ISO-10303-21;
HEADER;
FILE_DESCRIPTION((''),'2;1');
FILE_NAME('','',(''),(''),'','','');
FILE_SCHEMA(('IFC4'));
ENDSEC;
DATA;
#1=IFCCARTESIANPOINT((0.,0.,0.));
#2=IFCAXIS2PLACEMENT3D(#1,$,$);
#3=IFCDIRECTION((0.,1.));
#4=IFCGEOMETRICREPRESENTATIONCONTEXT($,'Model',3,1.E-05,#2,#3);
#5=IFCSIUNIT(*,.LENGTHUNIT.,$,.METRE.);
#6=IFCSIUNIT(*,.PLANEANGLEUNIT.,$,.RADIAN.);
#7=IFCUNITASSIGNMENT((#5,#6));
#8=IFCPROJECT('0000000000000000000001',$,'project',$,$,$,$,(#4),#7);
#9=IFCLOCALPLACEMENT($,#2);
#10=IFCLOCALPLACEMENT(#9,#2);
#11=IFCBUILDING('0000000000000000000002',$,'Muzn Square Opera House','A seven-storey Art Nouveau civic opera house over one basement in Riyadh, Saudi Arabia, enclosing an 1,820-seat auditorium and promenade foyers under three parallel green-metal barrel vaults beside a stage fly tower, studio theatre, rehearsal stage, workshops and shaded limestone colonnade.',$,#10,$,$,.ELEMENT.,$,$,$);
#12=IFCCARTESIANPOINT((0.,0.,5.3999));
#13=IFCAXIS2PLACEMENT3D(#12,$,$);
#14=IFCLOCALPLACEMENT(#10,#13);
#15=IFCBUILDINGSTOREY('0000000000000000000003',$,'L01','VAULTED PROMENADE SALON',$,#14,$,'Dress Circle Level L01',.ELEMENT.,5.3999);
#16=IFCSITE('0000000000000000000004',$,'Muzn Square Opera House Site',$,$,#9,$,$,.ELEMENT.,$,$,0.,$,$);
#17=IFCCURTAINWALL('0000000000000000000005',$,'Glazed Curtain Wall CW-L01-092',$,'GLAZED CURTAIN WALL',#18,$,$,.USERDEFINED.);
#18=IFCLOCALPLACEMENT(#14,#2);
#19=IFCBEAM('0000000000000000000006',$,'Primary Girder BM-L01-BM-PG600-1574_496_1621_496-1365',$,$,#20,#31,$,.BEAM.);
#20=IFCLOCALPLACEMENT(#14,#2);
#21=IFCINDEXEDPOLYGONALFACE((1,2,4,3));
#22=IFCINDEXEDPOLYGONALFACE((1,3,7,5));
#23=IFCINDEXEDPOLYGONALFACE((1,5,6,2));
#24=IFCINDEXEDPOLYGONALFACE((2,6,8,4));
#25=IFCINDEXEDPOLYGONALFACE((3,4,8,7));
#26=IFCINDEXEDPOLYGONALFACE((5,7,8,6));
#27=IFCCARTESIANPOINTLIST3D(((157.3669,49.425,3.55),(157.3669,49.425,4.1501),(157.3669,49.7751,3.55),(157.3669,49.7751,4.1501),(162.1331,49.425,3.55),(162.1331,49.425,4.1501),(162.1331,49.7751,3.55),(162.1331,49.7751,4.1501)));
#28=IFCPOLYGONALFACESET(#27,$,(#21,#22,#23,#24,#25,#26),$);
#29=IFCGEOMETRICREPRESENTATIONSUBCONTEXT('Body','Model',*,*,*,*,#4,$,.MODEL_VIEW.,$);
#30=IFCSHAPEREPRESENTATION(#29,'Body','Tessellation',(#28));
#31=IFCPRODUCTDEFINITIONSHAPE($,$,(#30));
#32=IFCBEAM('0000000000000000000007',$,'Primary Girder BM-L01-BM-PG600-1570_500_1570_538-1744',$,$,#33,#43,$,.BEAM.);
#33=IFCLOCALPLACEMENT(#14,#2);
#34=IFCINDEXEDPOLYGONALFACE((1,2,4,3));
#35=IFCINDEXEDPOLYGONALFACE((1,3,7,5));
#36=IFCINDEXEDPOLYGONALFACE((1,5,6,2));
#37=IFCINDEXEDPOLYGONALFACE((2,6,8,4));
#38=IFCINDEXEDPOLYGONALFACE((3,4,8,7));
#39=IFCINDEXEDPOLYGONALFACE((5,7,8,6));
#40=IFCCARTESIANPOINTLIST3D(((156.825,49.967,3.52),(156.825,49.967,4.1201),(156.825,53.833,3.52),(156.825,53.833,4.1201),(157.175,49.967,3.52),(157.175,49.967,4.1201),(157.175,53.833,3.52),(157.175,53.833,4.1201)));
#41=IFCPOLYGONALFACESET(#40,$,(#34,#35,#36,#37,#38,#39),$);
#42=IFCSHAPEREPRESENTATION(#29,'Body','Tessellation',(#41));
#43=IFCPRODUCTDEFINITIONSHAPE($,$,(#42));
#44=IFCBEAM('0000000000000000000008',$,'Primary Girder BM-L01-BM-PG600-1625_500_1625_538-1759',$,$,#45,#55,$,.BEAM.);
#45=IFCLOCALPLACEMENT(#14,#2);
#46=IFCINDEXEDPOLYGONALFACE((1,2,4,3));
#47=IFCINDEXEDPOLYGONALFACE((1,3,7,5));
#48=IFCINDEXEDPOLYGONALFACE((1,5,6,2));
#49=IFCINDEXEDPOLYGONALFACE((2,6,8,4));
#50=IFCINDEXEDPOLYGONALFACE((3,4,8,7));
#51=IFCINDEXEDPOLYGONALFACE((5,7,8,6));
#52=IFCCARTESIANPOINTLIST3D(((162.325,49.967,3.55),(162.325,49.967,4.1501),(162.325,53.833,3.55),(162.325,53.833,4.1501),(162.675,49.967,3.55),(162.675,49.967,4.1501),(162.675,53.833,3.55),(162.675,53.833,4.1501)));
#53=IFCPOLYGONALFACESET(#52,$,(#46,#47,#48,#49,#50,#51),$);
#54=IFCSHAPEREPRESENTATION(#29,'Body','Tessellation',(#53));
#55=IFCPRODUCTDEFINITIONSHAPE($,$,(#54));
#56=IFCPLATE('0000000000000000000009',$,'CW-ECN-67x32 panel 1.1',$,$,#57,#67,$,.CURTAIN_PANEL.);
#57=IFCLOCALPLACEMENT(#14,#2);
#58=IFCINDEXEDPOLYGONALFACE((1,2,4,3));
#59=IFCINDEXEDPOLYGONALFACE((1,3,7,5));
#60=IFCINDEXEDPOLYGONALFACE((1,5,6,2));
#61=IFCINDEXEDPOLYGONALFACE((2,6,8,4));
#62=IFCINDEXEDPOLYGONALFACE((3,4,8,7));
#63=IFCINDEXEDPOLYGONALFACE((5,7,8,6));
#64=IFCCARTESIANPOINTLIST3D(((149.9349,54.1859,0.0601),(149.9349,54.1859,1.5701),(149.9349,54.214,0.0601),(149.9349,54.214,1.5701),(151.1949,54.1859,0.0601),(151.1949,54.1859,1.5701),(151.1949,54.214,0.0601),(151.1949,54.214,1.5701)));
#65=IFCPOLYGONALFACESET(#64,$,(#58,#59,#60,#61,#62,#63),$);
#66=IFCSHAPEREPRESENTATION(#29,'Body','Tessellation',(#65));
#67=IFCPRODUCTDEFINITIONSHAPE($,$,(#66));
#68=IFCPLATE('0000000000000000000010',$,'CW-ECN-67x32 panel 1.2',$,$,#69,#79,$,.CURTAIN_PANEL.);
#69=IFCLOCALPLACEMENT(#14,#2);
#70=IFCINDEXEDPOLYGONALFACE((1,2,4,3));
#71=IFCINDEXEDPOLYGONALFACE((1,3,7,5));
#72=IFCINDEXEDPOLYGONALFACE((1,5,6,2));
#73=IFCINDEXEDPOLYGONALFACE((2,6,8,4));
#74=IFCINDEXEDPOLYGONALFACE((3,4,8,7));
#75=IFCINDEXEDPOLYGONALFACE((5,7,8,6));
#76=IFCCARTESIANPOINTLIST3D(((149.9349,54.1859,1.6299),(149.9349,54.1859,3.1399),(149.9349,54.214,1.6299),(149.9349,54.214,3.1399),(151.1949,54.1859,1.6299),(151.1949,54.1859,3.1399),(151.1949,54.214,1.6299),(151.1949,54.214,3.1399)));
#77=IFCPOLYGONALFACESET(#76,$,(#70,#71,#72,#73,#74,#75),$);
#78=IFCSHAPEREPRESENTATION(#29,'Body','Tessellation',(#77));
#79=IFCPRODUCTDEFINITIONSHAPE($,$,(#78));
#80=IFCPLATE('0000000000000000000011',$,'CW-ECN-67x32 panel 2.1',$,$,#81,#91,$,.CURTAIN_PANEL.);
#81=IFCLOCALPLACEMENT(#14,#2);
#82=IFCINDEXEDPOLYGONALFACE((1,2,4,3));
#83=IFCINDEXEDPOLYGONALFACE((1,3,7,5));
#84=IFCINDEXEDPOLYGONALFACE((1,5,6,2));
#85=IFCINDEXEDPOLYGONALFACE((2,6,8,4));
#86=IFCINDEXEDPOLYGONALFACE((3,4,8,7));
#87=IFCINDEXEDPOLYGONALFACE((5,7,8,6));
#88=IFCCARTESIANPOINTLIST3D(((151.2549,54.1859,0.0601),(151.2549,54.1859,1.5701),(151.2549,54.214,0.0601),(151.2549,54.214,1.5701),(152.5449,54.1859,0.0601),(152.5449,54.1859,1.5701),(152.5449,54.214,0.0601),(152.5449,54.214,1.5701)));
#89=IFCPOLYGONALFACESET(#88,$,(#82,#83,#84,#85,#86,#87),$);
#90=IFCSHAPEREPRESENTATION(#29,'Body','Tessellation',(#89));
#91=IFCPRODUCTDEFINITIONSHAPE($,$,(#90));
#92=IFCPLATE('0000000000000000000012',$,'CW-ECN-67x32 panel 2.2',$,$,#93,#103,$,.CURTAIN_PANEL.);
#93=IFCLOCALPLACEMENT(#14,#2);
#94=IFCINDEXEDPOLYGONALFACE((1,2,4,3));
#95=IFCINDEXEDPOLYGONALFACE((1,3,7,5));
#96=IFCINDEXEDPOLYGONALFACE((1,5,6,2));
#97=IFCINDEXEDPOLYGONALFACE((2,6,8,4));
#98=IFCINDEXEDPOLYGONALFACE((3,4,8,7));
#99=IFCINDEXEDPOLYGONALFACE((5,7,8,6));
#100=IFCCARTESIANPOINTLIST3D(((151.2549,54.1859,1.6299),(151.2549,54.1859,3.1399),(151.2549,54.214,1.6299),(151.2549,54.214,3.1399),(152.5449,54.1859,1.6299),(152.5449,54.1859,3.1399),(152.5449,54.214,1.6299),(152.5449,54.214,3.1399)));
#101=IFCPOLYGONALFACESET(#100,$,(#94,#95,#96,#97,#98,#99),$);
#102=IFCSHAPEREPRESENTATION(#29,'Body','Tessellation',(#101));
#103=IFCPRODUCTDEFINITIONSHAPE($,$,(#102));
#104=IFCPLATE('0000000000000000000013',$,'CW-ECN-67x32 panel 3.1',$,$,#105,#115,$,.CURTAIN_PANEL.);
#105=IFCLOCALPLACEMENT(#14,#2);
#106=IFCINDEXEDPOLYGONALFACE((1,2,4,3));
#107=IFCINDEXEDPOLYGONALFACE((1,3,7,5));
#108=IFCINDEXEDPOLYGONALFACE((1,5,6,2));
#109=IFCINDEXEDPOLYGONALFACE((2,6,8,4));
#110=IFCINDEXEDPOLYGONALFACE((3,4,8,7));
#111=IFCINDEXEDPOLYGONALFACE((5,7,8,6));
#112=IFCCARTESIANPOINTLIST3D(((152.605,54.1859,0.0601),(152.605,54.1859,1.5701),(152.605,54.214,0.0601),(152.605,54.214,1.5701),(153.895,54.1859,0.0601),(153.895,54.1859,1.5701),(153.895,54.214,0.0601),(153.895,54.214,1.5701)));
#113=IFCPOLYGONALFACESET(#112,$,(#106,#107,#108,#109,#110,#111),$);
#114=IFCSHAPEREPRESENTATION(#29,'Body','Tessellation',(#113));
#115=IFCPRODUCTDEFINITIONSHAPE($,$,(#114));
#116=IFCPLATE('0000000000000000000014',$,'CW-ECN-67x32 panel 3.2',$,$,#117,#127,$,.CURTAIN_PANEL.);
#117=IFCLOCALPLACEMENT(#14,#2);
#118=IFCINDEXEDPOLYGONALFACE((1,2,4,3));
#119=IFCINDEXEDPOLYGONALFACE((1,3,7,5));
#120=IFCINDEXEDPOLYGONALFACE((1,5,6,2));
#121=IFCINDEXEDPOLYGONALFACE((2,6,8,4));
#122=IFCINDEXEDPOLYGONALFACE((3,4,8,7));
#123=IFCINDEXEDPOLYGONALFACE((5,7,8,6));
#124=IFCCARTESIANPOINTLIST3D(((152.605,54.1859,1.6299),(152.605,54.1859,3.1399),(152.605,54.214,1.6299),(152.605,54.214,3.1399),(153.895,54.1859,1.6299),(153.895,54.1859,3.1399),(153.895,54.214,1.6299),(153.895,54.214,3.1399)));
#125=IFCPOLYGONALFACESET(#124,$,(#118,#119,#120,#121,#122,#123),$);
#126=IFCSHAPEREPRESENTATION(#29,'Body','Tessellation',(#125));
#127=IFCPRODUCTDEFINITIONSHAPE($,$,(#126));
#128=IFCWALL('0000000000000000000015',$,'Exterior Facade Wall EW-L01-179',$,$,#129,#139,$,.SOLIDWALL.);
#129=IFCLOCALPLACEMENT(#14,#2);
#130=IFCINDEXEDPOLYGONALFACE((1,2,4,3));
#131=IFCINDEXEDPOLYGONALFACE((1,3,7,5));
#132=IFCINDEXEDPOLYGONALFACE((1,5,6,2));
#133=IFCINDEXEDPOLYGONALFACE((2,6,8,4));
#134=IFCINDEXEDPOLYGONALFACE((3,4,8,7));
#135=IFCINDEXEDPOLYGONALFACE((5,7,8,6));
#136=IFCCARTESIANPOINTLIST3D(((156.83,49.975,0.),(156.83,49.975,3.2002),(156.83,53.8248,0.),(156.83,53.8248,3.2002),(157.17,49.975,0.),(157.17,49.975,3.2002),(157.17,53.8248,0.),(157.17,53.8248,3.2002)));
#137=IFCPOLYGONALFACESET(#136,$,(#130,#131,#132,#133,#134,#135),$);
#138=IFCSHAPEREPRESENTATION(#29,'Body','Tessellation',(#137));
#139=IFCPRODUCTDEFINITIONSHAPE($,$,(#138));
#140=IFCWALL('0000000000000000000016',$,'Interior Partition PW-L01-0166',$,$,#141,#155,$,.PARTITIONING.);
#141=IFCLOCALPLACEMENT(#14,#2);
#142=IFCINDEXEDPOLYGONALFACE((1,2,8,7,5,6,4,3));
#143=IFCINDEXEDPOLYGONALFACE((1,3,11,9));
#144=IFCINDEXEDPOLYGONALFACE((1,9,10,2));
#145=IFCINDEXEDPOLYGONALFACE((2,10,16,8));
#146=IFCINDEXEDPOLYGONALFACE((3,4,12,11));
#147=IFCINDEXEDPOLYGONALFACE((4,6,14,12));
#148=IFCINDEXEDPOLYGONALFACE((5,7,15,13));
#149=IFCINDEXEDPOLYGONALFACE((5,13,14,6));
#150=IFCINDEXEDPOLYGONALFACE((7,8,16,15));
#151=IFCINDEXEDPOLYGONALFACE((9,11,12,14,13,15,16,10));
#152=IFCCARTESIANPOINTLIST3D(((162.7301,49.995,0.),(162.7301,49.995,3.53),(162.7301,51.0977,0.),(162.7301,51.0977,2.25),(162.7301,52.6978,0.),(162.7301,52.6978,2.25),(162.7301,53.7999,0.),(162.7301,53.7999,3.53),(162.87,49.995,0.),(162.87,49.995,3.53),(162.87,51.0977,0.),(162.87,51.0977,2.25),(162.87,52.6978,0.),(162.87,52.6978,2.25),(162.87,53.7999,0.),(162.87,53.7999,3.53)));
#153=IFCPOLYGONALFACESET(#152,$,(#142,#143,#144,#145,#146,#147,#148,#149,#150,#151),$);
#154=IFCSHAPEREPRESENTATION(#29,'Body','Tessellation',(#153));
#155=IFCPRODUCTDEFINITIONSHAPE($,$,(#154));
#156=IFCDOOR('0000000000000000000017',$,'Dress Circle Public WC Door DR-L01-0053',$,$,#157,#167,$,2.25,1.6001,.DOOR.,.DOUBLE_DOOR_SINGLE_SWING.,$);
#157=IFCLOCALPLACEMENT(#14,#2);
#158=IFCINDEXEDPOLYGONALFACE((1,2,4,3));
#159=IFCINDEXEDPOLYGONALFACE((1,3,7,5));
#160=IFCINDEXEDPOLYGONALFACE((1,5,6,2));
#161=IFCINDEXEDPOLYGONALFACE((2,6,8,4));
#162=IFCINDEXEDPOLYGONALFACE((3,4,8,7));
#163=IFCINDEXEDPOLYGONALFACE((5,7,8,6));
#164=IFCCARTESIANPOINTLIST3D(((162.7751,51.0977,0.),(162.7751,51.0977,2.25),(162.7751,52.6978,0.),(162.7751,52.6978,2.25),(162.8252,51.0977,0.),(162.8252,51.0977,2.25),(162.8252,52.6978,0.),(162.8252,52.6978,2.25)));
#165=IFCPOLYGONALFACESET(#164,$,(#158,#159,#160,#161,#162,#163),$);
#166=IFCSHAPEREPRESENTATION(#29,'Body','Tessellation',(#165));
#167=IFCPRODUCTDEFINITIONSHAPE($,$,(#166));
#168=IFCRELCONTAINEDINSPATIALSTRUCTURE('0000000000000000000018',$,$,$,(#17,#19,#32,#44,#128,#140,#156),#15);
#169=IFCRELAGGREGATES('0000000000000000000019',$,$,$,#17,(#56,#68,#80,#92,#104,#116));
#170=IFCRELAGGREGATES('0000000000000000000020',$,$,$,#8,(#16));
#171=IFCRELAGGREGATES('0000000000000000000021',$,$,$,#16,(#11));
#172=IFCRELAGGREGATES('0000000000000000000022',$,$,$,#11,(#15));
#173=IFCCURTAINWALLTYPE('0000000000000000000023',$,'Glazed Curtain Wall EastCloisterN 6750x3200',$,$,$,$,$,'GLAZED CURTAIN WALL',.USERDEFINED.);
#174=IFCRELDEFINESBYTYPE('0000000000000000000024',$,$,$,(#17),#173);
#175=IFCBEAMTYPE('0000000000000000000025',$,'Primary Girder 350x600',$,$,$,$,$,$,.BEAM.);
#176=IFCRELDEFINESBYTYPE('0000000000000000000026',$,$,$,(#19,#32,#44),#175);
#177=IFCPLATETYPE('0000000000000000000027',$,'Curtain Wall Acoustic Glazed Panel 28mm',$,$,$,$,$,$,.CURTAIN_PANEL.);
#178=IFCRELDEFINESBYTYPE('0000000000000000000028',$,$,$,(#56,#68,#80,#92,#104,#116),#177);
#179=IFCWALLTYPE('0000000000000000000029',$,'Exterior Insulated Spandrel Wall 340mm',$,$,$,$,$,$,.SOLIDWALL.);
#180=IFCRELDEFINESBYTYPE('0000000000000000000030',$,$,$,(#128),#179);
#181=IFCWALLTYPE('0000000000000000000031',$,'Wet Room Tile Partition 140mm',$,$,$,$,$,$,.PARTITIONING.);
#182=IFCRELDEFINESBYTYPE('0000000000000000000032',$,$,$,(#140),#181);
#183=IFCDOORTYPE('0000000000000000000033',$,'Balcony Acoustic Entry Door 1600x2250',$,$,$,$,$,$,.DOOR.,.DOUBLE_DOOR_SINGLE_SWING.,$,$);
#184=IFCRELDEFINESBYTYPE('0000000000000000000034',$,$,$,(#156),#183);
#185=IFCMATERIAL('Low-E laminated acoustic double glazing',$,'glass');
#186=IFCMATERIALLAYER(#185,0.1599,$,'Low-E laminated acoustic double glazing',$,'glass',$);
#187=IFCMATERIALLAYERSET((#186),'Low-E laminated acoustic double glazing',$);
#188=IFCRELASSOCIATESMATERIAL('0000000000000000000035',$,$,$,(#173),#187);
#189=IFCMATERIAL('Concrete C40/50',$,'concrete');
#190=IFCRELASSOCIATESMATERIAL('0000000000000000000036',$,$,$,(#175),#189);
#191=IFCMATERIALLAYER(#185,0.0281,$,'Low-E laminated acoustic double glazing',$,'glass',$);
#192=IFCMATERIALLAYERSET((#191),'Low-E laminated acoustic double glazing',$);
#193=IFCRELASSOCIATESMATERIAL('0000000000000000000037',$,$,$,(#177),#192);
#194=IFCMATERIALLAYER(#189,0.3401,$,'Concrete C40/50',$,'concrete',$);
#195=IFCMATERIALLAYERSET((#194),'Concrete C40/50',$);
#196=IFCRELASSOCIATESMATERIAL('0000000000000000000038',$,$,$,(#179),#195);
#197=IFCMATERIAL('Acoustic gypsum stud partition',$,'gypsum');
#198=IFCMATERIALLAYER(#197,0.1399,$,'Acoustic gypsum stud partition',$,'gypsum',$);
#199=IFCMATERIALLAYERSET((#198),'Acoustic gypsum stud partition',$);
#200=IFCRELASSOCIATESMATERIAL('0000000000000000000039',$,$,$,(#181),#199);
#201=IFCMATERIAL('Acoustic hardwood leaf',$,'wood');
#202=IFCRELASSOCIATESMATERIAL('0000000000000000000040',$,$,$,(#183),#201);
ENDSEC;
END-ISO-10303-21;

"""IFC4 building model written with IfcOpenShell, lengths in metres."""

from ifc_helpers import new_model, si_unit, direction, frame, frame_2d, origin, origin_2d, place, context, subcontext, project, spatial, rectangle, extrude, material, layer, layer_set, material_profile, profile_set, type_object, element, fill, aggregate, save


model = new_model("IFC4")

# Units and contexts
model_context = context("Model", 3, precision=1e-05, world=origin(), true_north=direction((0.0, 1.0)))
body_context = subcontext(model_context, "Body", "Model", "MODEL_VIEW")
ifc_project = project(units=[si_unit("LENGTHUNIT", "METRE"), si_unit("PLANEANGLEUNIT", "RADIAN")], contexts=[model_context])

# Site, building, storey
site_placement = place(None, origin())
site = spatial("IfcSite", under=ifc_project, at=site_placement, Name="Muzn Square Opera House Site", CompositionType="ELEMENT", RefElevation=0.0)
building_placement = place(site_placement, origin())
building = spatial("IfcBuilding", under=site, at=building_placement, Name="Muzn Square Opera House", Description="A seven-storey Art Nouveau civic opera house over one basement in Riyadh, Saudi Arabia, enclosing an 1,820-seat auditorium and promenade foyers under three parallel green-metal barrel vaults beside a stage fly tower, studio theatre, rehearsal stage, workshops and shaded limestone colonnade.", CompositionType="ELEMENT")
storey_placement = place(building_placement, frame((0.0, 0.0, 5.3999)))
storey = spatial("IfcBuildingStorey", under=building, at=storey_placement, Name="L01", Description="VAULTED PROMENADE SALON", LongName="Dress Circle Level L01", CompositionType="ELEMENT", Elevation=5.3999)

# Curtain wall
ifc_material_1 = material(Name="Low-E laminated acoustic double glazing", Category="glass")
ifc_layer_1 = layer(ifc_material_1, 0.1599, Name="Low-E laminated acoustic double glazing", Category="glass")
ifc_layer_set_1 = layer_set([ifc_layer_1], Name="Low-E laminated acoustic double glazing")
curtain_wall_type = type_object("IfcCurtainWallType", Name="Glazed Curtain Wall EastCloisterN 6750x3200", ElementType="GLAZED CURTAIN WALL", PredefinedType="USERDEFINED", material=ifc_layer_set_1)
curtain_wall_placement = place(storey_placement, origin())
curtain_wall = element("IfcCurtainWall", 1, at=curtain_wall_placement, inside=storey, type_object=curtain_wall_type, Name="Glazed Curtain Wall CW-L01-092", ObjectType="GLAZED CURTAIN WALL", PredefinedType="USERDEFINED")

# Beams
ifc_material_2 = material(Name="Concrete C40/50", Category="concrete")
ifc_material_profile_1 = material_profile(ifc_material_2, rectangle(XDim=0.3501, YDim=0.6001, at=origin_2d()), Name="RCB 350x600", Category="concrete")
ifc_profile_set_1 = profile_set([ifc_material_profile_1], Name="Concrete C40/50")
beam_type = type_object("IfcBeamType", Name="Primary Girder 350x600", PredefinedType="BEAM", material=ifc_profile_set_1)
beam_placement = place(storey_placement, frame((157.3669, 49.6001, 3.8501), z_axis=(1.0, 0.0, 0.0), x_axis=(0.0, 1.0, 0.0)))
element("IfcBeam", 2, at=beam_placement, inside=storey, type_object=beam_type, Name="Primary Girder BM-L01-BM-PG600-1574_496_1621_496-1365", PredefinedType="BEAM", context=body_context, shape_type="SweptSolid", body=[
    extrude(rectangle(XDim=0.3501, YDim=0.6001, at=origin_2d()), origin(), (0.0, 0.0, 1.0), 4.7661),
])
for number, where, z_axis, x_axis, name in (
    (3, (157.0, 49.967, 3.8201), (0.0, 1.0, 0.0), (-1.0, 0.0, 0.0), "Primary Girder BM-L01-BM-PG600-1570_500_1570_538-1744"),
    (4, (162.5, 49.967, 3.8501), (0.0, 1.0, 0.0), (-1.0, 0.0, 0.0), "Primary Girder BM-L01-BM-PG600-1625_500_1625_538-1759"),
):
    element("IfcBeam", number, at=place(storey_placement, frame(where, z_axis=z_axis, x_axis=x_axis)), inside=storey, type_object=beam_type, Name=name, PredefinedType="BEAM", context=body_context, shape_type="SweptSolid", body=[
        extrude(rectangle(XDim=0.3501, YDim=0.6001, at=origin_2d()), origin(), (0.0, 0.0, 1.0), 3.866),
    ])

# Plates
ifc_layer_2 = layer(ifc_material_1, 0.0281, Name="Low-E laminated acoustic double glazing", Category="glass")
ifc_layer_set_2 = layer_set([ifc_layer_2], Name="Low-E laminated acoustic double glazing")
plate_type = type_object("IfcPlateType", Name="Curtain Wall Acoustic Glazed Panel 28mm", PredefinedType="CURTAIN_PANEL", material=ifc_layer_set_2)
plate_1_placement = place(storey_placement, frame((150.5649, 54.2, 0.0601), z_axis=(0.0, 0.0, 1.0), x_axis=(1.0, 0.0, 0.0)))
plate_1 = element("IfcPlate", 5, at=plate_1_placement, type_object=plate_type, Name="CW-ECN-67x32 panel 1.1", PredefinedType="CURTAIN_PANEL", context=body_context, shape_type="SweptSolid", body=[
    extrude(rectangle(XDim=1.26, YDim=0.0281, at=origin_2d()), origin(), (0.0, 0.0, 1.0), 1.51),
])
plate_2_placement = place(storey_placement, frame((150.5649, 54.2, 1.6299), z_axis=(0.0, 0.0, 1.0), x_axis=(1.0, 0.0, 0.0)))
plate_2 = element("IfcPlate", 6, at=plate_2_placement, type_object=plate_type, Name="CW-ECN-67x32 panel 1.2", PredefinedType="CURTAIN_PANEL", context=body_context, shape_type="SweptSolid", body=[
    extrude(rectangle(XDim=1.26, YDim=0.0281, at=origin_2d()), origin(), (0.0, 0.0, 1.0), 1.51),
])
plate_3_placement = place(storey_placement, frame((151.8999, 54.2, 0.0601), z_axis=(0.0, 0.0, 1.0), x_axis=(1.0, 0.0, 0.0)))
plate_3 = element("IfcPlate", 7, at=plate_3_placement, type_object=plate_type, Name="CW-ECN-67x32 panel 2.1", PredefinedType="CURTAIN_PANEL", context=body_context, shape_type="SweptSolid", body=[
    extrude(rectangle(XDim=1.29, YDim=0.0281, at=origin_2d()), origin(), (0.0, 0.0, 1.0), 1.51),
])
plate_4_placement = place(storey_placement, frame((151.8999, 54.2, 1.6299), z_axis=(0.0, 0.0, 1.0), x_axis=(1.0, 0.0, 0.0)))
plate_4 = element("IfcPlate", 8, at=plate_4_placement, type_object=plate_type, Name="CW-ECN-67x32 panel 2.2", PredefinedType="CURTAIN_PANEL", context=body_context, shape_type="SweptSolid", body=[
    extrude(rectangle(XDim=1.29, YDim=0.0281, at=origin_2d()), origin(), (0.0, 0.0, 1.0), 1.51),
])
plate_5_placement = place(storey_placement, frame((153.25, 54.2, 0.0601), z_axis=(0.0, 0.0, 1.0), x_axis=(1.0, 0.0, 0.0)))
plate_5 = element("IfcPlate", 9, at=plate_5_placement, type_object=plate_type, Name="CW-ECN-67x32 panel 3.1", PredefinedType="CURTAIN_PANEL", context=body_context, shape_type="SweptSolid", body=[
    extrude(rectangle(XDim=1.29, YDim=0.0281, at=origin_2d()), origin(), (0.0, 0.0, 1.0), 1.51),
])
plate_6_placement = place(storey_placement, frame((153.25, 54.2, 1.6299), z_axis=(0.0, 0.0, 1.0), x_axis=(1.0, 0.0, 0.0)))
plate_6 = element("IfcPlate", 10, at=plate_6_placement, type_object=plate_type, Name="CW-ECN-67x32 panel 3.2", PredefinedType="CURTAIN_PANEL", context=body_context, shape_type="SweptSolid", body=[
    extrude(rectangle(XDim=1.29, YDim=0.0281, at=origin_2d()), origin(), (0.0, 0.0, 1.0), 1.51),
])
aggregate(curtain_wall, [plate_1, plate_2, plate_3, plate_4, plate_5, plate_6])

# Wall
ifc_layer_3 = layer(ifc_material_2, 0.3401, Name="Concrete C40/50", Category="concrete")
ifc_layer_set_3 = layer_set([ifc_layer_3], Name="Concrete C40/50")
wall_type_1 = type_object("IfcWallType", Name="Exterior Insulated Spandrel Wall 340mm", PredefinedType="SOLIDWALL", material=ifc_layer_set_3)
wall_1_placement = place(storey_placement, frame((157.0, 49.9751, 0.0), z_axis=(0.0, 0.0, 1.0), x_axis=(0.0, 1.0, 0.0)))
element("IfcWall", 11, at=wall_1_placement, inside=storey, type_object=wall_type_1, Name="Exterior Facade Wall EW-L01-179", PredefinedType="SOLIDWALL", context=body_context, shape_type="SweptSolid", body=[
    extrude(rectangle(XDim=3.8499, YDim=0.3401, at=frame_2d((1.9248, 0.0))), origin(), (0.0, 0.0, 1.0), 3.2002),
])

# Wall, opening, door
ifc_material_3 = material(Name="Acoustic gypsum stud partition", Category="gypsum")
ifc_layer_4 = layer(ifc_material_3, 0.1399, Name="Acoustic gypsum stud partition", Category="gypsum")
ifc_layer_set_4 = layer_set([ifc_layer_4], Name="Acoustic gypsum stud partition")
wall_type_2 = type_object("IfcWallType", Name="Wet Room Tile Partition 140mm", PredefinedType="PARTITIONING", material=ifc_layer_set_4)
wall_2_placement = place(storey_placement, frame((162.8, 49.9951, 0.0), z_axis=(0.0, 0.0, 1.0), x_axis=(0.0, 1.0, 0.0)))
wall_2 = element("IfcWall", 12, at=wall_2_placement, inside=storey, type_object=wall_type_2, Name="Interior Partition PW-L01-0166", PredefinedType="PARTITIONING", context=body_context, shape_type="SweptSolid", body=[
    extrude(rectangle(XDim=3.8049, YDim=0.1399, at=frame_2d((1.9023, 0.0))), origin(), (0.0, 0.0, 1.0), 3.53),
])
opening_placement = place(wall_2_placement, frame((1.1025, 0.0, 0.0)))
opening = element("IfcOpeningElement", 13, at=opening_placement, cuts=wall_2, PredefinedType="OPENING", context=body_context, shape_type="SweptSolid", body=[
    extrude(rectangle(XDim=1.6001, YDim=2.25, at=frame_2d((0.8, 1.125))), frame((0.0, 0.0798, 0.0), z_axis=(0.0, -1.0, 0.0), x_axis=(1.0, 0.0, 0.0)), (0.0, 0.0, 1.0), 0.1599),
])
ifc_material_4 = material(Name="Acoustic hardwood leaf", Category="wood")
door_type = type_object("IfcDoorType", Name="Balcony Acoustic Entry Door 1600x2250", OperationType="DOUBLE_DOOR_SINGLE_SWING", PredefinedType="DOOR", material=ifc_material_4)
door_placement = place(opening_placement, origin())
door = element("IfcDoor", 14, at=door_placement, inside=storey, type_object=door_type, Name="Dress Circle Public WC Door DR-L01-0053", OperationType="DOUBLE_DOOR_SINGLE_SWING", OverallHeight=2.25, OverallWidth=1.6001, PredefinedType="DOOR", context=body_context, shape_type="SweptSolid", body=[
    extrude(rectangle(XDim=1.6001, YDim=2.25, at=frame_2d((0.8, 1.125))), frame((0.0, 0.0249, 0.0), z_axis=(0.0, -1.0, 0.0), x_axis=(1.0, 0.0, 0.0)), (0.0, 0.0, 1.0), 0.05),
])
fill(opening, door)

save(model, "model.ifc")
